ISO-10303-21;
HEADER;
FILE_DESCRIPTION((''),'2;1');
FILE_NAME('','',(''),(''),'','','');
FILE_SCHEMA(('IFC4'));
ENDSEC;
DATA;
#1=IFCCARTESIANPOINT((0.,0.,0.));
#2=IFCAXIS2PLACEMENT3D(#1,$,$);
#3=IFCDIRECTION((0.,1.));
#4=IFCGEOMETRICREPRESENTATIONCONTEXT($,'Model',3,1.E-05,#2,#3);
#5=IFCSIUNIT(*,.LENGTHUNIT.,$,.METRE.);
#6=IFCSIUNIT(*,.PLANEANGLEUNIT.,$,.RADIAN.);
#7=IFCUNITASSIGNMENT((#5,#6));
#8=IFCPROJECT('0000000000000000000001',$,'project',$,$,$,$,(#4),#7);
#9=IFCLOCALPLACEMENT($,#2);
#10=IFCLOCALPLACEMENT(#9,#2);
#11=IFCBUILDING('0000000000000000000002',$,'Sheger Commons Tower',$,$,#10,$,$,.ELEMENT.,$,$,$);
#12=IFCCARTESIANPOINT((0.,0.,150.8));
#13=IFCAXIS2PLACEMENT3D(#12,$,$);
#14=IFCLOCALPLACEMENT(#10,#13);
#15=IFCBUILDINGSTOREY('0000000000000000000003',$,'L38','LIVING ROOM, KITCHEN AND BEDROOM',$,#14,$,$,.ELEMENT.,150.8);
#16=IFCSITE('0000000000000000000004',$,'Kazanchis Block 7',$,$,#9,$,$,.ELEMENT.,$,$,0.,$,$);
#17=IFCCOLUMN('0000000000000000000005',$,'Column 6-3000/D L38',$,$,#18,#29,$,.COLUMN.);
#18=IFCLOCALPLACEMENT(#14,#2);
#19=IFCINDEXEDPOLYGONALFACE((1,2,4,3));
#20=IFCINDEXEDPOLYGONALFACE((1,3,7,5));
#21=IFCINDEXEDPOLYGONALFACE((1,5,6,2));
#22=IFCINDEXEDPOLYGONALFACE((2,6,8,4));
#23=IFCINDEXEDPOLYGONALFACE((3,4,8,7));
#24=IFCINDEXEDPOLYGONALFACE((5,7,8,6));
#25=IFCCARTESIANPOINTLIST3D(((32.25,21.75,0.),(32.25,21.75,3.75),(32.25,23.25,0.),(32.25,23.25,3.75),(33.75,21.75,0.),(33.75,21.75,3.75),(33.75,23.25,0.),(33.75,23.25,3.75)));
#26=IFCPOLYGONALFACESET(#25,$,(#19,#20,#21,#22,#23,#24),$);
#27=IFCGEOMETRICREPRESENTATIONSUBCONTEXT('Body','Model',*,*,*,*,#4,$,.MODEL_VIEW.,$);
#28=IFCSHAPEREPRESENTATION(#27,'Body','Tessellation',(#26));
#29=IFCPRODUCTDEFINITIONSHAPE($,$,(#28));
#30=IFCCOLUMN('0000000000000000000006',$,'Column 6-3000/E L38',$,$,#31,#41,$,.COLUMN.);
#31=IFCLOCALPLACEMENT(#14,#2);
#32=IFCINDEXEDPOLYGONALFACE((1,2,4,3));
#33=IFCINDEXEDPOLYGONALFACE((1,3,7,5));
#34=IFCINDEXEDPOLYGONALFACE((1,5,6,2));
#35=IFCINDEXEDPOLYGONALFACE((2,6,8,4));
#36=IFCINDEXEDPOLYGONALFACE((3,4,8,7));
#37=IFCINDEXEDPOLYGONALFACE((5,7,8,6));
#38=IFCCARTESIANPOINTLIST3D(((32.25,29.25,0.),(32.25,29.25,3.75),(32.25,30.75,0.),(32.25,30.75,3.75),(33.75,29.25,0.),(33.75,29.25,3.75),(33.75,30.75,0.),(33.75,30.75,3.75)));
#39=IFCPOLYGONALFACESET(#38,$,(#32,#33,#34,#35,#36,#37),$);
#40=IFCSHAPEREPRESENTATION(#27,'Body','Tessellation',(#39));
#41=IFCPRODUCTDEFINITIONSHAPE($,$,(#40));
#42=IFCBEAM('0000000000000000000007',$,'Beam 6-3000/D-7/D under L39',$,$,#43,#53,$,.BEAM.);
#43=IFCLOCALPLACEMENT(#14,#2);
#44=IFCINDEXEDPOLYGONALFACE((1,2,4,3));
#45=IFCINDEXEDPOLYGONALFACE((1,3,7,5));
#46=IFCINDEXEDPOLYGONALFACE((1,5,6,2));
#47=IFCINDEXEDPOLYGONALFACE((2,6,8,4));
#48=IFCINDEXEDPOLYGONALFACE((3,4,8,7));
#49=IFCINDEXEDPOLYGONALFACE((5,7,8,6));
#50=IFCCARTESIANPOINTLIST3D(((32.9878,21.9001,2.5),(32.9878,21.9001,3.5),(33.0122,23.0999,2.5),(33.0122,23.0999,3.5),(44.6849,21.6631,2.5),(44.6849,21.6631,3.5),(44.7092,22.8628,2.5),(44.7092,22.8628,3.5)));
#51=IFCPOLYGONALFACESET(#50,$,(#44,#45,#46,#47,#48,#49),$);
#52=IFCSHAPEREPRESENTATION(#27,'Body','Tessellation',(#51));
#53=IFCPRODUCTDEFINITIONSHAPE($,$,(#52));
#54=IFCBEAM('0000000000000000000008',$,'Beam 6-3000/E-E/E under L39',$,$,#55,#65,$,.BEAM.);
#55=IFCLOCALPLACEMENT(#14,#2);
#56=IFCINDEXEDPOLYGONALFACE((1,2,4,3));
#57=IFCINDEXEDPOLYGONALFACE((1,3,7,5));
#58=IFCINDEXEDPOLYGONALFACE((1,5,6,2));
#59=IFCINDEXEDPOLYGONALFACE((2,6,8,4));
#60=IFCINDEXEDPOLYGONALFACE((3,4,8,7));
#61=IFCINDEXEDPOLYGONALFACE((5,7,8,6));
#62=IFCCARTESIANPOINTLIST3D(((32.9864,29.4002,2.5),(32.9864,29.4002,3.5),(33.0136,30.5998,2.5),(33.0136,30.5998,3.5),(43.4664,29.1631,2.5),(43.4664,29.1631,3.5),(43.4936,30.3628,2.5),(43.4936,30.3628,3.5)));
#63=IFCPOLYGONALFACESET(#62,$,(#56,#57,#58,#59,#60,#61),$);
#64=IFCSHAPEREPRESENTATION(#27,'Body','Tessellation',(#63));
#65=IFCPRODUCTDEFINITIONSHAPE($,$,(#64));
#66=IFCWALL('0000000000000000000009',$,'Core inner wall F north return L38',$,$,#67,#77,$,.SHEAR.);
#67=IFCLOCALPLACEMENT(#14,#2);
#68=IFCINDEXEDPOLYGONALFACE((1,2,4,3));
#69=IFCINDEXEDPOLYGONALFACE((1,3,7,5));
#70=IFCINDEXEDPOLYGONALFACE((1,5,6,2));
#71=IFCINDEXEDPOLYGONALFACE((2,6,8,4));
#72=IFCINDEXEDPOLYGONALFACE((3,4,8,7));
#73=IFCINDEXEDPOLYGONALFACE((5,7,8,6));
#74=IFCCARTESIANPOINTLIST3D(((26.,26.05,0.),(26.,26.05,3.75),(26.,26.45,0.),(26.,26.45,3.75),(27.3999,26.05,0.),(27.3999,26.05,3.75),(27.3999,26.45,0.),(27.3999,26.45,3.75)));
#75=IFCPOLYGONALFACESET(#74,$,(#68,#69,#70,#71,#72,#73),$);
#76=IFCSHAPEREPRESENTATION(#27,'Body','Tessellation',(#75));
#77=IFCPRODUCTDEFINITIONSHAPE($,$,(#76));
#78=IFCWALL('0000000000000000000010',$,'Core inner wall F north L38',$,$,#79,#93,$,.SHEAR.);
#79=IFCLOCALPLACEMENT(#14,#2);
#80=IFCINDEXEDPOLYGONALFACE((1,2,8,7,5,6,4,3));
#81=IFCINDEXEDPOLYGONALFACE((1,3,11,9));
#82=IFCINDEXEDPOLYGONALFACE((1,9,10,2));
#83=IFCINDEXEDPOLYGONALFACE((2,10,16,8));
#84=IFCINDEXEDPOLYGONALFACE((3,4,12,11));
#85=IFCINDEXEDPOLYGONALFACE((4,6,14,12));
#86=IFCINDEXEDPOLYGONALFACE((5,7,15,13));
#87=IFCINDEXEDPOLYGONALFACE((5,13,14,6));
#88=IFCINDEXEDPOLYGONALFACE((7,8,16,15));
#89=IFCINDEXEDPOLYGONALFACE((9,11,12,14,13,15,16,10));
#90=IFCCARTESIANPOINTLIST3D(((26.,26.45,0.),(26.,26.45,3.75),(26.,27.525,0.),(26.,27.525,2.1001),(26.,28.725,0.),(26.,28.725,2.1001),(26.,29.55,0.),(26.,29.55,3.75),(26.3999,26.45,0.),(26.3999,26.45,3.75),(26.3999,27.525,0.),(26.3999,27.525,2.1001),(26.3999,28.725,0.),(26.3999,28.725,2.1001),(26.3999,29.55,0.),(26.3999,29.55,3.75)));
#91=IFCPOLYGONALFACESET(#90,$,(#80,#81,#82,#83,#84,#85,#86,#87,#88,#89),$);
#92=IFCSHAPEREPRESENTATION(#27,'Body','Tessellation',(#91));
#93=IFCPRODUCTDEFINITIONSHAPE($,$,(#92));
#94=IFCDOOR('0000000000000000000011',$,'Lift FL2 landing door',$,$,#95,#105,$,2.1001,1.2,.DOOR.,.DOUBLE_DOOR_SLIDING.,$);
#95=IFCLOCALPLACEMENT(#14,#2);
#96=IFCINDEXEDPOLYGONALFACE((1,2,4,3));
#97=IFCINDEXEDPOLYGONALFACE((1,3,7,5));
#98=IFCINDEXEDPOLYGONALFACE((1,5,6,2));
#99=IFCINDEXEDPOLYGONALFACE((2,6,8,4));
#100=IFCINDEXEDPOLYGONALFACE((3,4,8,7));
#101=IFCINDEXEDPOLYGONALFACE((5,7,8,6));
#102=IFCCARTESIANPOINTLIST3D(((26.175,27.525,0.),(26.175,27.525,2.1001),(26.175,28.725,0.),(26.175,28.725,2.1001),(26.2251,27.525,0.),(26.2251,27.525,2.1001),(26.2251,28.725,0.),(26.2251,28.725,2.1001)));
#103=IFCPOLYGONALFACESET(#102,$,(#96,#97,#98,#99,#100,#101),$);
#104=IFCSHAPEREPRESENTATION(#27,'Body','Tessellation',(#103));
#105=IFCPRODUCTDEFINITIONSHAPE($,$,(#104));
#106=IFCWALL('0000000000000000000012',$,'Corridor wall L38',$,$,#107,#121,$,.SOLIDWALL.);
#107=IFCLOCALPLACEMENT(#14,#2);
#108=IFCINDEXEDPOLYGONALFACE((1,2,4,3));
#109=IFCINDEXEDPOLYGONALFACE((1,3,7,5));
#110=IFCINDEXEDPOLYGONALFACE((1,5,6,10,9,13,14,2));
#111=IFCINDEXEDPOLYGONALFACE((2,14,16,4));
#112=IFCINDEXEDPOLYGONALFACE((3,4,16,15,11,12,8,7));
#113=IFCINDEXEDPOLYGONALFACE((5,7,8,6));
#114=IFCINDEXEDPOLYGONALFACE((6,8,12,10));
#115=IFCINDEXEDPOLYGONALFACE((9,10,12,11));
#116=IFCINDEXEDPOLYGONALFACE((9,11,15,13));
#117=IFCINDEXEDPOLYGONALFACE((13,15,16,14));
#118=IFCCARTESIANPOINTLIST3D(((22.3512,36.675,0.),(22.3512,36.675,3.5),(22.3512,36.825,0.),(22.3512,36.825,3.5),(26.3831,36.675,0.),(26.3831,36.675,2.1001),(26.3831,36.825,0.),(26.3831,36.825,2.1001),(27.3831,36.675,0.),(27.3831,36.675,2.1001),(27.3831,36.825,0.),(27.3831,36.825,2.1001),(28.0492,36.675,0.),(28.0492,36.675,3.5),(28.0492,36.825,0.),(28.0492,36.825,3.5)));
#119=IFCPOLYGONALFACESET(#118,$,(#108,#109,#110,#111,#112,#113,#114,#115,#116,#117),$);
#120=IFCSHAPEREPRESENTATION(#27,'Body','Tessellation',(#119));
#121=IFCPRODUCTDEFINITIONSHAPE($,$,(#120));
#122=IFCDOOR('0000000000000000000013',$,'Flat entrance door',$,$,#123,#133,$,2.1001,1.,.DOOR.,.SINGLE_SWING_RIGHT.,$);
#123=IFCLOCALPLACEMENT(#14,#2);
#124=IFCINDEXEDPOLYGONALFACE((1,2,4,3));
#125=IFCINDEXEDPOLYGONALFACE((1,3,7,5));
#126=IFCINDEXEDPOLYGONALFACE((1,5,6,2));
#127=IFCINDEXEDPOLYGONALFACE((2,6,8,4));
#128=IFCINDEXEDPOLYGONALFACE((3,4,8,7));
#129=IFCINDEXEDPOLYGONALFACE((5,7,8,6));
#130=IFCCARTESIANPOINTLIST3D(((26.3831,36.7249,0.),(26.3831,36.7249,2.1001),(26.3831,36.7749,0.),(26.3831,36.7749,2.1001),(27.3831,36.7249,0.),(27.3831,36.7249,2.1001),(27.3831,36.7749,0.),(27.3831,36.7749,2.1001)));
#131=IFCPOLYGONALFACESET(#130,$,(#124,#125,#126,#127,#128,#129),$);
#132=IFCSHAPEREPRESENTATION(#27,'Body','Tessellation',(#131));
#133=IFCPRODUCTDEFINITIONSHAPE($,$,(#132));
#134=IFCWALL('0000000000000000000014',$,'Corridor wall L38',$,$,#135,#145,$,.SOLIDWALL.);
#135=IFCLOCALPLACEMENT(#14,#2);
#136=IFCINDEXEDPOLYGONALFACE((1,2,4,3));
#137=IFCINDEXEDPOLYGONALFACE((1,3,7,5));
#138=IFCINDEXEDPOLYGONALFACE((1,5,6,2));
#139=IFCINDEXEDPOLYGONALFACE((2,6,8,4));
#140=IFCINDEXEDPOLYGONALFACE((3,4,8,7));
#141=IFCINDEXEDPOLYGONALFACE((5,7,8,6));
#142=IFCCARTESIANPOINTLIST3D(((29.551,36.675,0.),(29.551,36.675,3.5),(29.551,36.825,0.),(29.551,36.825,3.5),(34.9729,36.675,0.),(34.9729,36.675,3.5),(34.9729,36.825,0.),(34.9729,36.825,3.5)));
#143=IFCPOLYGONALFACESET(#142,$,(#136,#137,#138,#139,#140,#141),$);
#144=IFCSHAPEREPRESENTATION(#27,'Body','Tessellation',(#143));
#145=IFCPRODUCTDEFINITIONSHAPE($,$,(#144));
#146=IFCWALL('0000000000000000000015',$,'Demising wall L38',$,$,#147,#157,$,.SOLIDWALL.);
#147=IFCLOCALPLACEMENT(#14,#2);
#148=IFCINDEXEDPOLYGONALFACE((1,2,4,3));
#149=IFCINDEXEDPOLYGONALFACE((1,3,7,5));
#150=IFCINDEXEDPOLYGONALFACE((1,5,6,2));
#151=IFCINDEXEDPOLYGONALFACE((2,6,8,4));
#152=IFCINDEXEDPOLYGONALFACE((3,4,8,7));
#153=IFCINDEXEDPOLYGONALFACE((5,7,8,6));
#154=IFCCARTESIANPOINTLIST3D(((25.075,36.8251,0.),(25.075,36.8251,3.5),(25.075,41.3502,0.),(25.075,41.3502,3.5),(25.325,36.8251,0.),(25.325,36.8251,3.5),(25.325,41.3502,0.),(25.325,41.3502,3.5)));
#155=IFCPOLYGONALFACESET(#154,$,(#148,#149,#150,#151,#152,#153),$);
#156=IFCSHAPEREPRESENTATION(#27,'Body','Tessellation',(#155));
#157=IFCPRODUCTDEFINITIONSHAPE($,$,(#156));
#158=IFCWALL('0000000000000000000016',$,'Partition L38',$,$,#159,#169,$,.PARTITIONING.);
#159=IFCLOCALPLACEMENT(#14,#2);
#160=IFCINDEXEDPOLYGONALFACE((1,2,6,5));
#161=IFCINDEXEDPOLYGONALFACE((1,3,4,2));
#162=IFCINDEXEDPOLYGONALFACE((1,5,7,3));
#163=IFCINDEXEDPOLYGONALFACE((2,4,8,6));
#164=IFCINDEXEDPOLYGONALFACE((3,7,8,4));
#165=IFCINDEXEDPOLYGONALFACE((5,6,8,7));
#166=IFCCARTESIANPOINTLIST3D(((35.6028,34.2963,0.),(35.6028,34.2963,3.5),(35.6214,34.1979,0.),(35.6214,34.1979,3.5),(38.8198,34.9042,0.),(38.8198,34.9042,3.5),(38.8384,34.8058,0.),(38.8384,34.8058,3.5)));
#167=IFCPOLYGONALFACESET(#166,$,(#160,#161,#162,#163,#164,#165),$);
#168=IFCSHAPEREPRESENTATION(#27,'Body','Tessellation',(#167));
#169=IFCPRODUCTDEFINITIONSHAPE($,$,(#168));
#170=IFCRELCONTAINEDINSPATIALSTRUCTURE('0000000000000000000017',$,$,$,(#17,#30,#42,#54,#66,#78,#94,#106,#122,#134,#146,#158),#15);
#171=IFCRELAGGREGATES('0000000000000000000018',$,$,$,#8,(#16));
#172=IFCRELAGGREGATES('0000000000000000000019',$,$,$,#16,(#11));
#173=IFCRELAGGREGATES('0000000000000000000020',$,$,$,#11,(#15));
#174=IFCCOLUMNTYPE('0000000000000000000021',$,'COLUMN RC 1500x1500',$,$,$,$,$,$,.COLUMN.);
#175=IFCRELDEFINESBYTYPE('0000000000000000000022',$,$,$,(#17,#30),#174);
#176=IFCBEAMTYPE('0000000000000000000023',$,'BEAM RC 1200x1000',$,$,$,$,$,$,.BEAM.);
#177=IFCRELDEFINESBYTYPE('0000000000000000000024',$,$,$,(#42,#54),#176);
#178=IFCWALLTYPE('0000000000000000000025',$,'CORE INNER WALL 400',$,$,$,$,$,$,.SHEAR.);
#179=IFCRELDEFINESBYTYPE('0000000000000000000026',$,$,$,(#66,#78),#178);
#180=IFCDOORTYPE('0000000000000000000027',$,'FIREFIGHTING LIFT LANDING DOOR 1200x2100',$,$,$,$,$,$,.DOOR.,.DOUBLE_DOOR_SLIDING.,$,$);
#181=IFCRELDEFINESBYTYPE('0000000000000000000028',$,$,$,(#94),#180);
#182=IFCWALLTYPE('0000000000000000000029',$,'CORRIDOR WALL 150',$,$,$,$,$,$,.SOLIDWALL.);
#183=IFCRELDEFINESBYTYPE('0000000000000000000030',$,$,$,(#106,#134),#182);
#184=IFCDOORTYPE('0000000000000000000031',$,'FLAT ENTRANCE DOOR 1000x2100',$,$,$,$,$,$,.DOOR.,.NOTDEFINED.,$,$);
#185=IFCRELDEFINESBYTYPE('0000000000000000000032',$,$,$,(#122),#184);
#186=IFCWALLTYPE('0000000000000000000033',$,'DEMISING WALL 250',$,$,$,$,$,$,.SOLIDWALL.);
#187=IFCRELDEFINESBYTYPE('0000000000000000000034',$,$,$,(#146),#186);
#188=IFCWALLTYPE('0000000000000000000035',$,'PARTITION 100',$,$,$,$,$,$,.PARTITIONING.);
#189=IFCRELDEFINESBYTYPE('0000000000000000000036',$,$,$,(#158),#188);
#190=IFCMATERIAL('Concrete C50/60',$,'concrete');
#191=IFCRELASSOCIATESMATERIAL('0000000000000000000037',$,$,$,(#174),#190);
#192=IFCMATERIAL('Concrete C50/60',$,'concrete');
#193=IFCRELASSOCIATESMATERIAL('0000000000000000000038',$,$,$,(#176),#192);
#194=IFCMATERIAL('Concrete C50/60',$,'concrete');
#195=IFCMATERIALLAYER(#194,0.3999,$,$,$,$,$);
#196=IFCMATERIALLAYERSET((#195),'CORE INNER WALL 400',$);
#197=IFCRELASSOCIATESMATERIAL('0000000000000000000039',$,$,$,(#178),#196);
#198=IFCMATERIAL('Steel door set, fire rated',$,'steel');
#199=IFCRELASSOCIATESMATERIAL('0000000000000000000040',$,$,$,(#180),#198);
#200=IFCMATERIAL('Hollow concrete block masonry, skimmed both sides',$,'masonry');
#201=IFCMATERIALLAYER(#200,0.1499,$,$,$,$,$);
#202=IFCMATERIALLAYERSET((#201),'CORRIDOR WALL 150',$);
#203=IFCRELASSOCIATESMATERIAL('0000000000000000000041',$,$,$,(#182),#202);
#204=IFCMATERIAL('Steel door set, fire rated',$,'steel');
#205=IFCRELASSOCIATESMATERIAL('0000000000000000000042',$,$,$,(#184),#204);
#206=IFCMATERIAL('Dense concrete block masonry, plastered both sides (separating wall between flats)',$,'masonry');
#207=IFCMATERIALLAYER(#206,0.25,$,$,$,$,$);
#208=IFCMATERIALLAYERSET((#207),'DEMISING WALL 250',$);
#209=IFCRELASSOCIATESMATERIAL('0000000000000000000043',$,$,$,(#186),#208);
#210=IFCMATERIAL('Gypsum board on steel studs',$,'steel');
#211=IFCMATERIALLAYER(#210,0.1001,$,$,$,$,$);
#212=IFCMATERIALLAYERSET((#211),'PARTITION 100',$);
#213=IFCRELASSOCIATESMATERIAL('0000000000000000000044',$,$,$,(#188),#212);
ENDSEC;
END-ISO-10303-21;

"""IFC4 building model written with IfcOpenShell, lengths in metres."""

from ifc_helpers import new_model, si_unit, direction, frame, frame_2d, origin, origin_2d, place, context, subcontext, project, spatial, rectangle, extrude, material, layer, layer_set, material_profile, profile_set, type_object, element, fill, save


model = new_model("IFC4")

# Units and contexts
model_context = context("Model", 3, precision=1e-05, world=origin(), true_north=direction((0.0, 1.0)))
body_context = subcontext(model_context, "Body", "Model", "MODEL_VIEW")
ifc_project = project(units=[si_unit("LENGTHUNIT", "METRE"), si_unit("PLANEANGLEUNIT", "RADIAN")], contexts=[model_context])

# Site, building, storey
site_placement = place(None, origin())
site = spatial("IfcSite", under=ifc_project, at=site_placement, Name="Kazanchis Block 7", CompositionType="ELEMENT", RefElevation=0.0)
building_placement = place(site_placement, origin())
building = spatial("IfcBuilding", under=site, at=building_placement, Name="Sheger Commons Tower", CompositionType="ELEMENT")
storey_placement = place(building_placement, frame((0.0, 0.0, 150.8)))
storey = spatial("IfcBuildingStorey", under=building, at=storey_placement, Name="L38", Description="LIVING ROOM, KITCHEN AND BEDROOM", CompositionType="ELEMENT", Elevation=150.8)

# Columns
ifc_material_1 = material(Name="Concrete C50/60", Category="concrete")
ifc_material_profile_1 = material_profile(ifc_material_1, rectangle(XDim=1.5, YDim=1.5, at=origin_2d()), Name="RC 1500x1500")
ifc_profile_set_1 = profile_set([ifc_material_profile_1], Name="Concrete C50/60")
column_type = type_object("IfcColumnType", Name="COLUMN RC 1500x1500", PredefinedType="COLUMN", material=ifc_profile_set_1)
for number, where, z_axis, x_axis, name in (
    (1, (33.0, 22.5, 0.0), (0.0, 0.0, 1.0), (1.0, 0.0, 0.0), "Column 6-3000/D L38"),
    (2, (33.0, 30.0, 0.0), (0.0, 0.0, 1.0), (1.0, 0.0, 0.0), "Column 6-3000/E L38"),
):
    element("IfcColumn", number, at=place(storey_placement, frame(where, z_axis=z_axis, x_axis=x_axis)), inside=storey, type_object=column_type, Name=name, PredefinedType="COLUMN", context=body_context, shape_type="SweptSolid", body=[
        extrude(rectangle(XDim=1.5, YDim=1.5, at=origin_2d()), origin(), (0.0, 0.0, 1.0), 3.75),
    ])

# Beams
ifc_material_2 = material(Name="Concrete C50/60", Category="concrete")
ifc_material_profile_2 = material_profile(ifc_material_2, rectangle(XDim=1.2, YDim=1.0, at=origin_2d()), Name="RC 1200x1000")
ifc_profile_set_2 = profile_set([ifc_material_profile_2], Name="Concrete C50/60")
beam_type = type_object("IfcBeamType", Name="BEAM RC 1200x1000", PredefinedType="BEAM", material=ifc_profile_set_2)
beam_1_placement = place(storey_placement, frame((33.0, 22.5, 3.0), z_axis=(0.999795, -0.020263, 0.0), x_axis=(0.020263, 0.999795, 0.0)))
element("IfcBeam", 3, at=beam_1_placement, inside=storey, type_object=beam_type, Name="Beam 6-3000/D-7/D under L39", PredefinedType="BEAM", context=body_context, shape_type="SweptSolid", body=[
    extrude(rectangle(XDim=1.2, YDim=1.0, at=origin_2d()), origin(), (0.0, 0.0, 1.0), 11.6995),
])
beam_2_placement = place(storey_placement, frame((33.0, 30.0, 3.0), z_axis=(0.999744, -0.022615, 0.0), x_axis=(0.022615, 0.999744, 0.0)))
element("IfcBeam", 4, at=beam_2_placement, inside=storey, type_object=beam_type, Name="Beam 6-3000/E-E/E under L39", PredefinedType="BEAM", context=body_context, shape_type="SweptSolid", body=[
    extrude(rectangle(XDim=1.2, YDim=1.0, at=origin_2d()), origin(), (0.0, 0.0, 1.0), 10.4827),
])

# Wall
ifc_material_3 = material(Name="Concrete C50/60", Category="concrete")
ifc_layer_1 = layer(ifc_material_3, 0.3999)
ifc_layer_set_1 = layer_set([ifc_layer_1], Name="CORE INNER WALL 400")
wall_type_1 = type_object("IfcWallType", Name="CORE INNER WALL 400", PredefinedType="SHEAR", material=ifc_layer_set_1)
wall_1_placement = place(storey_placement, frame((26.0, 26.25, 0.0), z_axis=(0.0, 0.0, 1.0), x_axis=(1.0, 0.0, 0.0)))
element("IfcWall", 5, at=wall_1_placement, inside=storey, type_object=wall_type_1, Name="Core inner wall F north return L38", PredefinedType="SHEAR", context=body_context, shape_type="SweptSolid", body=[
    extrude(rectangle(XDim=1.3999, YDim=0.3999, at=frame_2d((0.7, 0.0))), origin(), (0.0, 0.0, 1.0), 3.75),
])

# Walls, openings, doors
wall_2_placement = place(storey_placement, frame((26.2, 26.45, 0.0), z_axis=(0.0, 0.0, 1.0), x_axis=(0.0, 1.0, 0.0)))
wall_2 = element("IfcWall", 6, at=wall_2_placement, inside=storey, type_object=wall_type_1, Name="Core inner wall F north L38", PredefinedType="SHEAR", context=body_context, shape_type="SweptSolid", body=[
    extrude(rectangle(XDim=3.1001, YDim=0.3999, at=frame_2d((1.55, 0.0))), origin(), (0.0, 0.0, 1.0), 3.75),
])
opening_1_placement = place(wall_2_placement, frame((1.075, 0.0, 0.0)))
opening_1 = element("IfcOpeningElement", 7, at=opening_1_placement, cuts=wall_2, PredefinedType="OPENING", context=body_context, shape_type="SweptSolid", body=[
    extrude(rectangle(XDim=1.2, YDim=2.1001, at=frame_2d((0.6001, 1.05))), frame((0.0, 0.21, 0.0), z_axis=(0.0, -1.0, 0.0), x_axis=(1.0, 0.0, 0.0)), (0.0, 0.0, 1.0), 0.4199),
])
ifc_material_4 = material(Name="Steel door set, fire rated", Category="steel")
door_type_1 = type_object("IfcDoorType", Name="FIREFIGHTING LIFT LANDING DOOR 1200x2100", OperationType="DOUBLE_DOOR_SLIDING", PredefinedType="DOOR", material=ifc_material_4)
door_1_placement = place(opening_1_placement, origin())
door_1 = element("IfcDoor", 8, at=door_1_placement, inside=storey, type_object=door_type_1, Name="Lift FL2 landing door", OperationType="DOUBLE_DOOR_SLIDING", OverallHeight=2.1001, OverallWidth=1.2, PredefinedType="DOOR", context=body_context, shape_type="SweptSolid", body=[
    extrude(rectangle(XDim=1.2, YDim=2.1001, at=frame_2d((0.6001, 1.05))), frame((0.0, 0.0249, 0.0), z_axis=(0.0, -1.0, 0.0), x_axis=(1.0, 0.0, 0.0)), (0.0, 0.0, 1.0), 0.05),
])
fill(opening_1, door_1)
ifc_material_5 = material(Name="Hollow concrete block masonry, skimmed both sides", Category="masonry")
ifc_layer_2 = layer(ifc_material_5, 0.1499)
ifc_layer_set_2 = layer_set([ifc_layer_2], Name="CORRIDOR WALL 150")
wall_type_2 = type_object("IfcWallType", Name="CORRIDOR WALL 150", PredefinedType="SOLIDWALL", material=ifc_layer_set_2)
wall_3_placement = place(storey_placement, frame((22.3511, 36.75, 0.0), z_axis=(0.0, 0.0, 1.0), x_axis=(1.0, 0.0, 0.0)))
wall_3 = element("IfcWall", 9, at=wall_3_placement, inside=storey, type_object=wall_type_2, Name="Corridor wall L38", PredefinedType="SOLIDWALL", context=body_context, shape_type="SweptSolid", body=[
    extrude(rectangle(XDim=5.698, YDim=0.1499, at=frame_2d((2.8491, 0.0))), origin(), (0.0, 0.0, 1.0), 3.5),
])
opening_2_placement = place(wall_3_placement, frame((4.032, 0.0, 0.0)))
opening_2 = element("IfcOpeningElement", 10, at=opening_2_placement, cuts=wall_3, PredefinedType="OPENING", context=body_context, shape_type="SweptSolid", body=[
    extrude(rectangle(XDim=1.0, YDim=2.1001, at=frame_2d((0.5, 1.05))), frame((0.0, 0.085, 0.0), z_axis=(0.0, -1.0, 0.0), x_axis=(1.0, 0.0, 0.0)), (0.0, 0.0, 1.0), 0.1699),
])
ifc_material_6 = material(Name="Steel door set, fire rated", Category="steel")
door_type_2 = type_object("IfcDoorType", Name="FLAT ENTRANCE DOOR 1000x2100", OperationType="NOTDEFINED", PredefinedType="DOOR", material=ifc_material_6)
door_2_placement = place(opening_2_placement, origin())
door_2 = element("IfcDoor", 11, at=door_2_placement, inside=storey, type_object=door_type_2, Name="Flat entrance door", OperationType="SINGLE_SWING_RIGHT", OverallHeight=2.1001, OverallWidth=1.0, PredefinedType="DOOR", context=body_context, shape_type="SweptSolid", body=[
    extrude(rectangle(XDim=1.0, YDim=2.1001, at=frame_2d((0.5, 1.05))), frame((0.0, 0.0249, 0.0), z_axis=(0.0, -1.0, 0.0), x_axis=(1.0, 0.0, 0.0)), (0.0, 0.0, 1.0), 0.05),
])
fill(opening_2, door_2)

# Walls
wall_4_placement = place(storey_placement, frame((29.551, 36.75, 0.0), z_axis=(0.0, 0.0, 1.0), x_axis=(1.0, 0.0, 0.0)))
element("IfcWall", 12, at=wall_4_placement, inside=storey, type_object=wall_type_2, Name="Corridor wall L38", PredefinedType="SOLIDWALL", context=body_context, shape_type="SweptSolid", body=[
    extrude(rectangle(XDim=5.4219, YDim=0.1499, at=frame_2d((2.7109, 0.0))), origin(), (0.0, 0.0, 1.0), 3.5),
])
ifc_material_7 = material(Name="Dense concrete block masonry, plastered both sides (separating wall between flats)", Category="masonry")
ifc_layer_3 = layer(ifc_material_7, 0.25)
ifc_layer_set_3 = layer_set([ifc_layer_3], Name="DEMISING WALL 250")
wall_type_3 = type_object("IfcWallType", Name="DEMISING WALL 250", PredefinedType="SOLIDWALL", material=ifc_layer_set_3)
wall_5_placement = place(storey_placement, frame((25.2, 36.825, 0.0), z_axis=(0.0, 0.0, 1.0), x_axis=(0.0, 1.0, 0.0)))
element("IfcWall", 13, at=wall_5_placement, inside=storey, type_object=wall_type_3, Name="Demising wall L38", PredefinedType="SOLIDWALL", context=body_context, shape_type="SweptSolid", body=[
    extrude(rectangle(XDim=4.5251, YDim=0.25, at=frame_2d((2.2627, 0.0))), origin(), (0.0, 0.0, 1.0), 3.5),
])
ifc_material_8 = material(Name="Gypsum board on steel studs", Category="steel")
ifc_layer_4 = layer(ifc_material_8, 0.1001)
ifc_layer_set_4 = layer_set([ifc_layer_4], Name="PARTITION 100")
wall_type_4 = type_object("IfcWallType", Name="PARTITION 100", PredefinedType="PARTITIONING", material=ifc_layer_set_4)
wall_6_placement = place(storey_placement, frame((38.8291, 34.855, 0.0), z_axis=(0.0, 0.0, 1.0), x_axis=(-0.98261, -0.18568, 0.0)))
element("IfcWall", 14, at=wall_6_placement, inside=storey, type_object=wall_type_4, Name="Partition L38", PredefinedType="PARTITIONING", context=body_context, shape_type="SweptSolid", body=[
    extrude(rectangle(XDim=3.2739, YDim=0.1001, at=frame_2d((1.637, 0.0))), origin(), (0.0, 0.0, 1.0), 3.5),
])

save(model, "model.ifc")
